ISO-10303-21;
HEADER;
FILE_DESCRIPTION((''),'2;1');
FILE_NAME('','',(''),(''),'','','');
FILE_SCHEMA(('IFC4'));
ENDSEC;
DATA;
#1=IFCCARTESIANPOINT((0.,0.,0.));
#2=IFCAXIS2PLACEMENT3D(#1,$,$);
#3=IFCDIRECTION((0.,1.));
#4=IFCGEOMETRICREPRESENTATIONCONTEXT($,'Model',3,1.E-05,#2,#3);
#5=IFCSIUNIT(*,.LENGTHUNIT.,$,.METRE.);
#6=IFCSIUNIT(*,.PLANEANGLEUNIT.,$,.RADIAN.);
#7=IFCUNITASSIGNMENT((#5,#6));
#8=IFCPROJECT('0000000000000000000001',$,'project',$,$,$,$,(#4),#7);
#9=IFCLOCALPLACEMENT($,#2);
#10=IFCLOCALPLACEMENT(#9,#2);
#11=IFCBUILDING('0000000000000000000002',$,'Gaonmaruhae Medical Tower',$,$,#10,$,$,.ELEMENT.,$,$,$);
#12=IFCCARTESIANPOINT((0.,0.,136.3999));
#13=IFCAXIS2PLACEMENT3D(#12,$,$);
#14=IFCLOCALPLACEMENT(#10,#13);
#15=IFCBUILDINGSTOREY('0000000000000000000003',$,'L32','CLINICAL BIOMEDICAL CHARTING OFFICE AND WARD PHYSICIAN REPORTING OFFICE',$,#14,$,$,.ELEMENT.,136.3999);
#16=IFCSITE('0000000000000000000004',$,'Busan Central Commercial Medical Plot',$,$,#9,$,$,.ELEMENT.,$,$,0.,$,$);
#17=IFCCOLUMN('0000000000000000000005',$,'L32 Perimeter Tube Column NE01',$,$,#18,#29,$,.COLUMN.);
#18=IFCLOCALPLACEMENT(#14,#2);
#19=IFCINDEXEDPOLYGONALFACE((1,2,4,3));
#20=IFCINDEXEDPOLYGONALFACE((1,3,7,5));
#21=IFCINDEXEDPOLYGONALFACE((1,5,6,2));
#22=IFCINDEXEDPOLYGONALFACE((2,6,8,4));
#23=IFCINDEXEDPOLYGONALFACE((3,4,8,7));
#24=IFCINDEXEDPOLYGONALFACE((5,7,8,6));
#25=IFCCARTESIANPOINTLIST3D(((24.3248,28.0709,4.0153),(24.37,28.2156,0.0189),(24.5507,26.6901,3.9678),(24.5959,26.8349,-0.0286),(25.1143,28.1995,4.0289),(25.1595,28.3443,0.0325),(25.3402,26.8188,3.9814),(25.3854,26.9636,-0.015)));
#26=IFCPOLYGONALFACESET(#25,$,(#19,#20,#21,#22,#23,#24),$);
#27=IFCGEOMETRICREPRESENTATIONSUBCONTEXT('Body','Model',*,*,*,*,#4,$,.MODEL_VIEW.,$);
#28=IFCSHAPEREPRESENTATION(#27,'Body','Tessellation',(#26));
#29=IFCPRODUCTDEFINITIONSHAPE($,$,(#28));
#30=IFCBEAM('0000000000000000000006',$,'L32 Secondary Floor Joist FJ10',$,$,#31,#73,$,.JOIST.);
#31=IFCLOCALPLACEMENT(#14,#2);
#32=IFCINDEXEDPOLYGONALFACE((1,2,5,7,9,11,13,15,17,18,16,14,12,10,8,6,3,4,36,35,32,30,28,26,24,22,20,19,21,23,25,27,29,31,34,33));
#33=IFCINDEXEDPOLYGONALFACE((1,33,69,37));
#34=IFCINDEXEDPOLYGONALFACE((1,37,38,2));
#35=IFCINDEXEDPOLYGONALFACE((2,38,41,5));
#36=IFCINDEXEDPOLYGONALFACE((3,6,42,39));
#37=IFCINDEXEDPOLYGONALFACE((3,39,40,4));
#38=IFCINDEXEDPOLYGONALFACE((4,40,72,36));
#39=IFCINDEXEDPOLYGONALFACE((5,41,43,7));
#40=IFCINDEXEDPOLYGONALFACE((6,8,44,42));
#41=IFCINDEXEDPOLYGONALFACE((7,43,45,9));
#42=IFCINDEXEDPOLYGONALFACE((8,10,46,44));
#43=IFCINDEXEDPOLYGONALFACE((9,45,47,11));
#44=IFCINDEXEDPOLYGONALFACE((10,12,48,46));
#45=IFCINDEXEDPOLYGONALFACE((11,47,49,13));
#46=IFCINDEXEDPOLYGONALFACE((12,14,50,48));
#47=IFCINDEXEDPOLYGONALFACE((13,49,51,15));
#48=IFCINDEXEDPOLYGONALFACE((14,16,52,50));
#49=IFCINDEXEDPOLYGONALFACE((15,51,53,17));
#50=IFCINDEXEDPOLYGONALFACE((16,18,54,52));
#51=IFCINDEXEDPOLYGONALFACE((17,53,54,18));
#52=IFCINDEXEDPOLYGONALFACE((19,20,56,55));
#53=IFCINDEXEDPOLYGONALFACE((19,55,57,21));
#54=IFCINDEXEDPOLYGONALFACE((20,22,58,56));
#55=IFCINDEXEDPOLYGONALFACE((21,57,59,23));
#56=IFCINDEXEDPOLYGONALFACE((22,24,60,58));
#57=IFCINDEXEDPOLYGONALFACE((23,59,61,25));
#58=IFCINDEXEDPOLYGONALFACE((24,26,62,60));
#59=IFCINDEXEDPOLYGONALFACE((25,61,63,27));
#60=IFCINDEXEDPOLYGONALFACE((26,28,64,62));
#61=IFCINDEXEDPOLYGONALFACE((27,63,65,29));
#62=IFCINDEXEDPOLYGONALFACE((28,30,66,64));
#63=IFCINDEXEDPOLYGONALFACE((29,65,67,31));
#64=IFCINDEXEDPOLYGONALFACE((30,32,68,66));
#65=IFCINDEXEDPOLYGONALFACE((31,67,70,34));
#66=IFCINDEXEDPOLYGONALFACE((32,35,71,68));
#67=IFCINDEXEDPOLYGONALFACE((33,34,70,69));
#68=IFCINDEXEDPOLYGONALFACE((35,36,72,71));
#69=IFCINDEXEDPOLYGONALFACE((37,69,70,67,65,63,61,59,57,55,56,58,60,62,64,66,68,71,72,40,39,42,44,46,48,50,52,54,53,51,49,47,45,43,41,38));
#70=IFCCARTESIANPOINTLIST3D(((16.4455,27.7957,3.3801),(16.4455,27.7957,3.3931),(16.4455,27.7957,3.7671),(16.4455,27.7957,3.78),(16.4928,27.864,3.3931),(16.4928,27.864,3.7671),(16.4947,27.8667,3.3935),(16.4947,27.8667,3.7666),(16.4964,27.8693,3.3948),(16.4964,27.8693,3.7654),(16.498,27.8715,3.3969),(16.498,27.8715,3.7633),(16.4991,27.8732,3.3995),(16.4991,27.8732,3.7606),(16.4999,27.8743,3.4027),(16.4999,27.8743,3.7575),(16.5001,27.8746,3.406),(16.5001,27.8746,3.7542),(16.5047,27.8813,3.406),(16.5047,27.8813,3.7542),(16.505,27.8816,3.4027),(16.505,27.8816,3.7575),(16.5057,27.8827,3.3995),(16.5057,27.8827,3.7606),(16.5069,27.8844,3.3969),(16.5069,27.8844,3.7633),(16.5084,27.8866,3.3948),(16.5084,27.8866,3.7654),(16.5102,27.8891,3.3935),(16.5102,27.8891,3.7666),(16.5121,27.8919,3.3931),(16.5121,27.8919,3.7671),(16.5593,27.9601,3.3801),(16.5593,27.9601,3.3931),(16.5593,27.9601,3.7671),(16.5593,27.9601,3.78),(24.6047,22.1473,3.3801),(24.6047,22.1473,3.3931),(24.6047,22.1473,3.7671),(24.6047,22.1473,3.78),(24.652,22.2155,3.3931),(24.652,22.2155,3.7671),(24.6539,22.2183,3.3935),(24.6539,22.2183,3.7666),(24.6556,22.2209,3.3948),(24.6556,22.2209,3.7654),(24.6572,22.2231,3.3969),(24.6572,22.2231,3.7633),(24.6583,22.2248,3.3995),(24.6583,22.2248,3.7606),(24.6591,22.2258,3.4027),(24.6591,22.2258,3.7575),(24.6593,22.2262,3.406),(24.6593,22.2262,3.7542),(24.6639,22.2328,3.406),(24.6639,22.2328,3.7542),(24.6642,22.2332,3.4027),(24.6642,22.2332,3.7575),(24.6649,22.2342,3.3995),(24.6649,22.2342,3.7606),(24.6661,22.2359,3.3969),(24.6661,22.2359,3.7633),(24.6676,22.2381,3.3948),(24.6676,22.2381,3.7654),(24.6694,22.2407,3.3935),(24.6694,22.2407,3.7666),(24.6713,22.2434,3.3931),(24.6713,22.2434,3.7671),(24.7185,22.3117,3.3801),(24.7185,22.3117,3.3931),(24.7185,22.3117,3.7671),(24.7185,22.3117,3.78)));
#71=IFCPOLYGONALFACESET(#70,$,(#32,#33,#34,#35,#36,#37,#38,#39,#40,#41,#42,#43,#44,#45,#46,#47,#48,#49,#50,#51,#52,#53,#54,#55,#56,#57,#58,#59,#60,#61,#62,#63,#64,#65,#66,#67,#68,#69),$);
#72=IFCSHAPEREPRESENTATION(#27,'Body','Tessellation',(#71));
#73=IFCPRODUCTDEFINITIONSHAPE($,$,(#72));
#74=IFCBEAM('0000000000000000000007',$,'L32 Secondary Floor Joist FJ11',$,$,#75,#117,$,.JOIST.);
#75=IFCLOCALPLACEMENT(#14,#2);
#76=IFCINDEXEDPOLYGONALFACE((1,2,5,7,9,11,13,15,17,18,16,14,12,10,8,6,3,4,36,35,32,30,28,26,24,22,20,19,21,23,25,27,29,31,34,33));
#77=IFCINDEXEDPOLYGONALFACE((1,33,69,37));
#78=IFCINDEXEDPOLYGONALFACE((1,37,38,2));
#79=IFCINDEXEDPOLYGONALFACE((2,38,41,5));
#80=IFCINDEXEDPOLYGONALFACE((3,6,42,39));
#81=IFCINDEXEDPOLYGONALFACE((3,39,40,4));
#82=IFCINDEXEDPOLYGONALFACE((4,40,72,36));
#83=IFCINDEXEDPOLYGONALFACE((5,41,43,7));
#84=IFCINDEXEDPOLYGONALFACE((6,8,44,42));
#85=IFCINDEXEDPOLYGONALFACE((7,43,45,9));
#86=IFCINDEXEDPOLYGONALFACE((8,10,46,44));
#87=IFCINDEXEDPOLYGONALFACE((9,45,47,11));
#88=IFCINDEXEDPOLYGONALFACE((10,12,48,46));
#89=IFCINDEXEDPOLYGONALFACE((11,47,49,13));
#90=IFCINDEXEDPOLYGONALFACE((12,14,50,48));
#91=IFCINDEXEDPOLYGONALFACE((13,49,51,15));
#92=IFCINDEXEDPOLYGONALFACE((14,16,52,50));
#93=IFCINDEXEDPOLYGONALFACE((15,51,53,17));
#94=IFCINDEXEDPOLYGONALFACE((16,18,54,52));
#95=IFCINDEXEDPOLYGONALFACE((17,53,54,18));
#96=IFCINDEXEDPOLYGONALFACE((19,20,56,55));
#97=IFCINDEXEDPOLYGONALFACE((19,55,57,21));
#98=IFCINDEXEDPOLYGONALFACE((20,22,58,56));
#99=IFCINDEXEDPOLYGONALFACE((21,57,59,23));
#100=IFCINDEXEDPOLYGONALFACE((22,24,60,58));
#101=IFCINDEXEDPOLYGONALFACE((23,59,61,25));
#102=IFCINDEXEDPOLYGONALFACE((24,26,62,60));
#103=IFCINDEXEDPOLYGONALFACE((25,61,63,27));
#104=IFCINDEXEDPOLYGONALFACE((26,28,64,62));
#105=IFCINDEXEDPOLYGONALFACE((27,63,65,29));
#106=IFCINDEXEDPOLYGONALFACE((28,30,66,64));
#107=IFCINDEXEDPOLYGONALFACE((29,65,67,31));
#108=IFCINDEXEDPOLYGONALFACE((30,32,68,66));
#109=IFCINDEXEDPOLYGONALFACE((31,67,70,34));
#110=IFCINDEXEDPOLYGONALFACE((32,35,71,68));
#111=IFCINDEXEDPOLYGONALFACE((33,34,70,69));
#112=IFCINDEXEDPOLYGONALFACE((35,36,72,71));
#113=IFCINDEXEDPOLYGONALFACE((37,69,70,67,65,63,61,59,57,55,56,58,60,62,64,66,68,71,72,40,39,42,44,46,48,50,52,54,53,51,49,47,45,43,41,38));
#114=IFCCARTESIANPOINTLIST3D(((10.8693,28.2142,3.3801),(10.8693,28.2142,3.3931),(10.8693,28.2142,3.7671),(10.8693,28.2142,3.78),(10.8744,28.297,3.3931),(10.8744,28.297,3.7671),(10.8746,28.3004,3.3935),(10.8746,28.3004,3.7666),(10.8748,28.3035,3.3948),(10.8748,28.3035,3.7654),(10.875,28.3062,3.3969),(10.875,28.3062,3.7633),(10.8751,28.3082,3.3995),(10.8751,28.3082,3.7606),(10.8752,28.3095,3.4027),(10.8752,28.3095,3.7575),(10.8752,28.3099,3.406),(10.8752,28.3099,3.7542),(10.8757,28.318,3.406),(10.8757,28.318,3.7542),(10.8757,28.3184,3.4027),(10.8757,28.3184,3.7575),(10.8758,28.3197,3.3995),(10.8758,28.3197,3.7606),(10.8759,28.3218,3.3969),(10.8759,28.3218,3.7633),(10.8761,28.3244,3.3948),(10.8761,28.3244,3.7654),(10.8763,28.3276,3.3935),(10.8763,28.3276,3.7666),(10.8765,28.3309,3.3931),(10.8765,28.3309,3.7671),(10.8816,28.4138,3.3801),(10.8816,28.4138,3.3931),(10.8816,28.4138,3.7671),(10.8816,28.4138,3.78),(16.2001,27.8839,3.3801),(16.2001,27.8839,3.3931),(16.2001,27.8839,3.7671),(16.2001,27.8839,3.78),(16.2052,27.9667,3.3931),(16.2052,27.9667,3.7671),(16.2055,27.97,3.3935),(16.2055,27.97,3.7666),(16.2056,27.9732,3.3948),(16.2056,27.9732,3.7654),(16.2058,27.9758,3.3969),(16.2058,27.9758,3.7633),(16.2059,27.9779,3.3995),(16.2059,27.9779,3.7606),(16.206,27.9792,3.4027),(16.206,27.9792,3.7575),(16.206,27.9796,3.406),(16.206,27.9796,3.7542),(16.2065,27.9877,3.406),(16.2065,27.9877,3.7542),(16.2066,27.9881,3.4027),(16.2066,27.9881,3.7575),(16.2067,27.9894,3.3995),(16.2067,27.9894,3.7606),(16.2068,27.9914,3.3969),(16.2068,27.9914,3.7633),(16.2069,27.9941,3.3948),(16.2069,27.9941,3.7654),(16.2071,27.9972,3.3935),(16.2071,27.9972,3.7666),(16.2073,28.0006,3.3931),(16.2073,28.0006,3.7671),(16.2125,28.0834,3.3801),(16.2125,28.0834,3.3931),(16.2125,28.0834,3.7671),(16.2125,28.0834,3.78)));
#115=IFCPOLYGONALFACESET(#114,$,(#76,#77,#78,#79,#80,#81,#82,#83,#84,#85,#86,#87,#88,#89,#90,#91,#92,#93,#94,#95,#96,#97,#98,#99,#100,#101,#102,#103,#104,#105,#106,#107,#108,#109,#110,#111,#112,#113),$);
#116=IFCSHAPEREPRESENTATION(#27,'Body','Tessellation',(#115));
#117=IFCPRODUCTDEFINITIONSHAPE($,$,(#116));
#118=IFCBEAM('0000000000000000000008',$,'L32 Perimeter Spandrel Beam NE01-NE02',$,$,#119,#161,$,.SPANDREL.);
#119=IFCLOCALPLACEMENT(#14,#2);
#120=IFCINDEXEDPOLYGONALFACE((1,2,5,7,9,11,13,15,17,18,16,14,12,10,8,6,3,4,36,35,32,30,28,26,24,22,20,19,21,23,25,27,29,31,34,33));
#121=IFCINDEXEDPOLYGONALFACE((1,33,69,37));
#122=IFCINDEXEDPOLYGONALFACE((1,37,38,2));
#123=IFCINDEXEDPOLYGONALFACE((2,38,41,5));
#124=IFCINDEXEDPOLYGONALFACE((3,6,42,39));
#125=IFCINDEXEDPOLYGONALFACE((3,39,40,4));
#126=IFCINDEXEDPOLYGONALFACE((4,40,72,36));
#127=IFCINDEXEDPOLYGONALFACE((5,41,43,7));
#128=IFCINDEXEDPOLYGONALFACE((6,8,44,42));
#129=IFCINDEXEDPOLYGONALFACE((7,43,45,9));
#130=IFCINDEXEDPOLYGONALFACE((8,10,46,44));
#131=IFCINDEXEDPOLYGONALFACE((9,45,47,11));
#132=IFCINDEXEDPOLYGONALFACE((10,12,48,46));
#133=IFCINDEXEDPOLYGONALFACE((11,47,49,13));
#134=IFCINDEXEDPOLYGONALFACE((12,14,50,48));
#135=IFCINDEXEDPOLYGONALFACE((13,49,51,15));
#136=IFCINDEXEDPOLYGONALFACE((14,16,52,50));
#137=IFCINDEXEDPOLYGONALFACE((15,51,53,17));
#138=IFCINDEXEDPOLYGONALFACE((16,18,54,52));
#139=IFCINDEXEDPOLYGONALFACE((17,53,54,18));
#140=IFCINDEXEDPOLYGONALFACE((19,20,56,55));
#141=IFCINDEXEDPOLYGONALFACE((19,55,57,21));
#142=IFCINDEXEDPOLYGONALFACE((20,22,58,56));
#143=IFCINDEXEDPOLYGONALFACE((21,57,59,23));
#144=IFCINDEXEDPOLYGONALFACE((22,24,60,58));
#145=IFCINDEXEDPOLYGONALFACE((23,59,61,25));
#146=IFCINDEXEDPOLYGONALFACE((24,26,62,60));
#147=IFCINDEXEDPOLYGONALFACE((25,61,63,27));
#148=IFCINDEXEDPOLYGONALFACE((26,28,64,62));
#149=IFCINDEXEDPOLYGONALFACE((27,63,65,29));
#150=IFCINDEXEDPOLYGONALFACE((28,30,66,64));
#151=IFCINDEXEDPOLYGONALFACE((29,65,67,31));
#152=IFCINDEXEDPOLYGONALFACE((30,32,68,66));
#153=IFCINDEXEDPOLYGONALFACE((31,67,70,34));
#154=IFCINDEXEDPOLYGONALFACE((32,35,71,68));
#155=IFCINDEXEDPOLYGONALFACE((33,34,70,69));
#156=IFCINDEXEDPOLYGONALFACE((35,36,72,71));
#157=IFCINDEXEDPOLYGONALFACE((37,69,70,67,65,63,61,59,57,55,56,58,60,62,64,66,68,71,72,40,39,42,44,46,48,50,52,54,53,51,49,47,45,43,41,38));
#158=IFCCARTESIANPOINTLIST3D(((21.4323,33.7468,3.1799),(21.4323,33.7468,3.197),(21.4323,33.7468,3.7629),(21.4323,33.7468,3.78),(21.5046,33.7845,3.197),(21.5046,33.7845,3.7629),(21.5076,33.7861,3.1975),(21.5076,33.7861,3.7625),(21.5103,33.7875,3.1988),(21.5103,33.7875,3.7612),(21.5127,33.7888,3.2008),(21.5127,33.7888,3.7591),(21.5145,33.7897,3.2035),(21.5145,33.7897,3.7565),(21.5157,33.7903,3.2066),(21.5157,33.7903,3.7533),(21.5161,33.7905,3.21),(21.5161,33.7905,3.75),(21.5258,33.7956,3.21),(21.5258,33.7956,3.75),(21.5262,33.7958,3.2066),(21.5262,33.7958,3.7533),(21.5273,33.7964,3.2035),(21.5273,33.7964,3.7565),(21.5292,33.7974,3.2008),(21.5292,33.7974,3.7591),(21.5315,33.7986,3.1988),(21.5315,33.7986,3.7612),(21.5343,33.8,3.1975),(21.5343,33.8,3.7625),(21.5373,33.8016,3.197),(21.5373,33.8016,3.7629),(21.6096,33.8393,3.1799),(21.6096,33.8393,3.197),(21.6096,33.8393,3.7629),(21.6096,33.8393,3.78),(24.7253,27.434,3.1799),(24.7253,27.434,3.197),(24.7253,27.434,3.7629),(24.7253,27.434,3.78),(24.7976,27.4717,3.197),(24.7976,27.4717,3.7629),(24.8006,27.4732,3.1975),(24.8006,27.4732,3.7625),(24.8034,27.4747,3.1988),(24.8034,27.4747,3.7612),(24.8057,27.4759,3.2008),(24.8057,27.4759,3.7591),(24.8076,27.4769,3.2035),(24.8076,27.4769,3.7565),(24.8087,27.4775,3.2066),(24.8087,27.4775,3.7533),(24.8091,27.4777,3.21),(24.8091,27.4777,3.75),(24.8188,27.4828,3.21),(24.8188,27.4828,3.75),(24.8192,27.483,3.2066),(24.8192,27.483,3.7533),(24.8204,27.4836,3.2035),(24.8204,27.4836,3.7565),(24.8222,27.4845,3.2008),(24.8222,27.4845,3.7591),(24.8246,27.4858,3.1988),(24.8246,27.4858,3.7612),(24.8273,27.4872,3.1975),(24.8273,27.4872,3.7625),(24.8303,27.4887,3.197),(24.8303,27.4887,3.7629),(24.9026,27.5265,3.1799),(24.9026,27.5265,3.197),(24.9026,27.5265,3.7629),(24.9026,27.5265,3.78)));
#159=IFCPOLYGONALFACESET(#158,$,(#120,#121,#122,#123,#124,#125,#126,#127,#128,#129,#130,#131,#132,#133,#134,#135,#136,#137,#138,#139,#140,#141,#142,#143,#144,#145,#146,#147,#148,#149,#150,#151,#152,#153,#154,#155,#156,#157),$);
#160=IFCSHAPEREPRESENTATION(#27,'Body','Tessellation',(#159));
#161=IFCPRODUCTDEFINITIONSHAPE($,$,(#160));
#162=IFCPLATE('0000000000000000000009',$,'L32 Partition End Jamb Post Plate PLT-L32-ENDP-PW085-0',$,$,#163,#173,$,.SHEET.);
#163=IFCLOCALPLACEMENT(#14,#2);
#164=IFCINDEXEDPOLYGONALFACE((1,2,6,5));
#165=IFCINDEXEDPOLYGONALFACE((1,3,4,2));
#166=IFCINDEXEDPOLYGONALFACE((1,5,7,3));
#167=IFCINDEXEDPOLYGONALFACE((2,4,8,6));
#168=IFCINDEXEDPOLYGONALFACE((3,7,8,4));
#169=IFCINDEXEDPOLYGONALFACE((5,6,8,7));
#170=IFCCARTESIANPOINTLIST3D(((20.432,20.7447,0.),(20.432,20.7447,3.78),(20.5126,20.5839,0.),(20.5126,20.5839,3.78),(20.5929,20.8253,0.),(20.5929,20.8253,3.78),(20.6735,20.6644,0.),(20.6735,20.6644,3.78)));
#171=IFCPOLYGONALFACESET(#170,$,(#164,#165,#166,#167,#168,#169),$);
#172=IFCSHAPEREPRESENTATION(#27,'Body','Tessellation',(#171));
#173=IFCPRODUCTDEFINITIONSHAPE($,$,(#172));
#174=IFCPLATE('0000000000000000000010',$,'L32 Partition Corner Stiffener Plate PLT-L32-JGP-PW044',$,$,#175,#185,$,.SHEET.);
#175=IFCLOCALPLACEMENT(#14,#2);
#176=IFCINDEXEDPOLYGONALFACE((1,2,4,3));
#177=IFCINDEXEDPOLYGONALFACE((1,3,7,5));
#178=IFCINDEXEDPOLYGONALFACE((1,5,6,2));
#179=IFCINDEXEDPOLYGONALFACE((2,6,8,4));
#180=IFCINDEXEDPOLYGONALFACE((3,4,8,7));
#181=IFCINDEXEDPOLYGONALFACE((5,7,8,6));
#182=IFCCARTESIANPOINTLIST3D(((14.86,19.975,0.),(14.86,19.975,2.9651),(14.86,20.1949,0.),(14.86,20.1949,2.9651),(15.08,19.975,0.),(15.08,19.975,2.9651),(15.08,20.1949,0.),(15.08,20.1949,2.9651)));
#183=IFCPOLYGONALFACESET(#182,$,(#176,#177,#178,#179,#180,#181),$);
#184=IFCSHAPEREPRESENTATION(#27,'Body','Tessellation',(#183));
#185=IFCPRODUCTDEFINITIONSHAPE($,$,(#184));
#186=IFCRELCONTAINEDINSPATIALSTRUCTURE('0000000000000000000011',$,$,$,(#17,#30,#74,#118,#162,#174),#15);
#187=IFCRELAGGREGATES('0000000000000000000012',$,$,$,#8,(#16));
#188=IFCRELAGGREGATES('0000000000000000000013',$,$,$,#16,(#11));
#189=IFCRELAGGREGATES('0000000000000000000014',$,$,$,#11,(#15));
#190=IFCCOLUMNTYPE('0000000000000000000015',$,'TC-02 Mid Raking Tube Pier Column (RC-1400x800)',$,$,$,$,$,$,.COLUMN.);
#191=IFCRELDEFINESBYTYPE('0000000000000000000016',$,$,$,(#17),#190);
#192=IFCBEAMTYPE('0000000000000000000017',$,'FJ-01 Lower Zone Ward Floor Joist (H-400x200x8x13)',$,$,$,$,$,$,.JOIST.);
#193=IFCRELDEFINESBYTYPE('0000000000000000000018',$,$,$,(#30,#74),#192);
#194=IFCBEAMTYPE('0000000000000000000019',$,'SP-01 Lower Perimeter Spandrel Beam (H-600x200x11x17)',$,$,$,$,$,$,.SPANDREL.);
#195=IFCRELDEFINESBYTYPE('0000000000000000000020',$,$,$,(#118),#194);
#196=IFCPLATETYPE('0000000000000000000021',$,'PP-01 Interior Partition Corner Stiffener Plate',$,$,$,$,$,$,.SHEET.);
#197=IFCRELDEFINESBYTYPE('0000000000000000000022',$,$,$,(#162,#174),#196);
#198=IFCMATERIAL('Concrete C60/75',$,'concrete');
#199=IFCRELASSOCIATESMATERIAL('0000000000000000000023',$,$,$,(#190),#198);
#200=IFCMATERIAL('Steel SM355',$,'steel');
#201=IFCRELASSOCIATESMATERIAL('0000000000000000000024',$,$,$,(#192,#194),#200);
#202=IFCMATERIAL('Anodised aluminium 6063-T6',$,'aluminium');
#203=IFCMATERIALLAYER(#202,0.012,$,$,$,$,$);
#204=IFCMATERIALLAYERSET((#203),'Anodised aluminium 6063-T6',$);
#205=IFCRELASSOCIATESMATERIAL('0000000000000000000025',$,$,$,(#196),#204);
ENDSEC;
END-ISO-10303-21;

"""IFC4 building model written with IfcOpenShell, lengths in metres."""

from ifc_helpers import new_model, si_unit, direction, frame, origin, origin_2d, place, context, subcontext, project, spatial, rectangle, i_section, extrude, material, layer, layer_set, material_profile, profile_set, type_object, element, save


model = new_model("IFC4")

# Units and contexts
model_context = context("Model", 3, precision=1e-05, world=origin(), true_north=direction((0.0, 1.0)))
body_context = subcontext(model_context, "Body", "Model", "MODEL_VIEW")
ifc_project = project(units=[si_unit("LENGTHUNIT", "METRE"), si_unit("PLANEANGLEUNIT", "RADIAN")], contexts=[model_context])

# Site, building, storey
site_placement = place(None, origin())
site = spatial("IfcSite", under=ifc_project, at=site_placement, Name="Busan Central Commercial Medical Plot", CompositionType="ELEMENT", RefElevation=0.0)
building_placement = place(site_placement, origin())
building = spatial("IfcBuilding", under=site, at=building_placement, Name="Gaonmaruhae Medical Tower", CompositionType="ELEMENT")
storey_placement = place(building_placement, frame((0.0, 0.0, 136.3999)))
storey = spatial("IfcBuildingStorey", under=building, at=storey_placement, Name="L32", Description="CLINICAL BIOMEDICAL CHARTING OFFICE AND WARD PHYSICIAN REPORTING OFFICE", CompositionType="ELEMENT", Elevation=136.3999)

# Column
ifc_material_1 = material(Name="Concrete C60/75", Category="concrete")
ifc_material_profile_1 = material_profile(ifc_material_1, rectangle(XDim=1.3999, YDim=0.8, at=origin_2d()), Name="RC-1400x800")
ifc_profile_set_1 = profile_set([ifc_material_profile_1], Name="Concrete C60/75")
column_type = type_object("IfcColumnType", Name="TC-02 Mid Raking Tube Pier Column (RC-1400x800)", PredefinedType="COLUMN", material=ifc_profile_set_1)
column_placement = place(storey_placement, frame((24.8777, 27.5896, 0.002), z_axis=(-0.011294, -0.036201, 0.999281), x_axis=(-0.161339, 0.986316, 0.033908)))
element("IfcColumn", 1, at=column_placement, inside=storey, type_object=column_type, Name="L32 Perimeter Tube Column NE01", PredefinedType="COLUMN", context=body_context, shape_type="SweptSolid", body=[
    extrude(rectangle(XDim=1.3999, YDim=0.8, at=origin_2d()), origin(), (0.0, 0.0, 1.0), 3.9993),
])

# Beams
ifc_material_2 = material(Name="Steel SM355", Category="steel")
ifc_material_profile_2 = material_profile(ifc_material_2, i_section(OverallWidth=0.2, OverallDepth=0.3999, WebThickness=0.0081, FlangeThickness=0.0129, FilletRadius=0.0129, at=origin_2d()), Name="H-400x200x8x13")
ifc_profile_set_2 = profile_set([ifc_material_profile_2], Name="Steel SM355")
beam_type_1 = type_object("IfcBeamType", Name="FJ-01 Lower Zone Ward Floor Joist (H-400x200x8x13)", PredefinedType="JOIST", material=ifc_profile_set_2)
beam_1_placement = place(storey_placement, frame((24.6616, 22.2295, 3.5801), z_axis=(-0.822203, 0.569195, 0.0), x_axis=(-0.569195, -0.822203, 0.0)))
element("IfcBeam", 2, at=beam_1_placement, inside=storey, type_object=beam_type_1, Name="L32 Secondary Floor Joist FJ10", PredefinedType="JOIST", context=body_context, shape_type="SweptSolid", body=[
    extrude(i_section(OverallWidth=0.2, OverallDepth=0.3999, WebThickness=0.0081, FlangeThickness=0.0129, FilletRadius=0.0129, at=origin_2d()), origin(), (0.0, 0.0, 1.0), 9.9236),
])
beam_2_placement = place(storey_placement, frame((16.2063, 27.9836, 3.5801), z_axis=(-0.998086, 0.061846, 0.0), x_axis=(-0.061846, -0.998086, 0.0)))
element("IfcBeam", 3, at=beam_2_placement, inside=storey, type_object=beam_type_1, Name="L32 Secondary Floor Joist FJ11", PredefinedType="JOIST", context=body_context, shape_type="SweptSolid", body=[
    extrude(i_section(OverallWidth=0.2, OverallDepth=0.3999, WebThickness=0.0081, FlangeThickness=0.0129, FilletRadius=0.0129, at=origin_2d()), origin(), (0.0, 0.0, 1.0), 5.3411),
])
ifc_material_profile_3 = material_profile(ifc_material_2, i_section(OverallWidth=0.2, OverallDepth=0.6001, WebThickness=0.011, FlangeThickness=0.0171, FilletRadius=0.0129, at=origin_2d()), Name="H-600x200x11x17")
ifc_profile_set_3 = profile_set([ifc_material_profile_3], Name="Steel SM355")
beam_type_2 = type_object("IfcBeamType", Name="SP-01 Lower Perimeter Spandrel Beam (H-600x200x11x17)", PredefinedType="SPANDREL", material=ifc_profile_set_3)
beam_3_placement = place(storey_placement, frame((24.814, 27.4802, 3.48), z_axis=(-0.462496, 0.886622, 0.0), x_axis=(-0.886622, -0.462496, 0.0)))
element("IfcBeam", 4, at=beam_3_placement, inside=storey, type_object=beam_type_2, Name="L32 Perimeter Spandrel Beam NE01-NE02", PredefinedType="SPANDREL", context=body_context, shape_type="SweptSolid", body=[
    extrude(i_section(OverallWidth=0.2, OverallDepth=0.6001, WebThickness=0.011, FlangeThickness=0.0171, FilletRadius=0.0129, at=origin_2d()), origin(), (0.0, 0.0, 1.0), 7.1201),
])

# Plates
ifc_material_3 = material(Name="Anodised aluminium 6063-T6", Category="aluminium")
ifc_layer_1 = layer(ifc_material_3, 0.012)
ifc_layer_set_1 = layer_set([ifc_layer_1], Name="Anodised aluminium 6063-T6")
plate_type = type_object("IfcPlateType", Name="PP-01 Interior Partition Corner Stiffener Plate", PredefinedType="SHEET", material=ifc_layer_set_1)
plate_1_placement = place(storey_placement, frame((20.5527, 20.7046, 0.0), z_axis=(0.0, 0.0, 1.0), x_axis=(-0.447837, 0.894115, 0.0)))
element("IfcPlate", 5, at=plate_1_placement, inside=storey, type_object=plate_type, Name="L32 Partition End Jamb Post Plate PLT-L32-ENDP-PW085-0", PredefinedType="SHEET", context=body_context, shape_type="SweptSolid", body=[
    extrude(rectangle(XDim=0.1799, YDim=0.1799, at=origin_2d()), origin(), (0.0, 0.0, 1.0), 3.78),
])
plate_2_placement = place(storey_placement, frame((14.97, 20.085, 0.0), z_axis=(0.0, 0.0, 1.0), x_axis=(0.0, -1.0, 0.0)))
element("IfcPlate", 6, at=plate_2_placement, inside=storey, type_object=plate_type, Name="L32 Partition Corner Stiffener Plate PLT-L32-JGP-PW044", PredefinedType="SHEET", context=body_context, shape_type="SweptSolid", body=[
    extrude(rectangle(XDim=0.22, YDim=0.22, at=origin_2d()), origin(), (0.0, 0.0, 1.0), 2.9651),
])

save(model, "model.ifc")
